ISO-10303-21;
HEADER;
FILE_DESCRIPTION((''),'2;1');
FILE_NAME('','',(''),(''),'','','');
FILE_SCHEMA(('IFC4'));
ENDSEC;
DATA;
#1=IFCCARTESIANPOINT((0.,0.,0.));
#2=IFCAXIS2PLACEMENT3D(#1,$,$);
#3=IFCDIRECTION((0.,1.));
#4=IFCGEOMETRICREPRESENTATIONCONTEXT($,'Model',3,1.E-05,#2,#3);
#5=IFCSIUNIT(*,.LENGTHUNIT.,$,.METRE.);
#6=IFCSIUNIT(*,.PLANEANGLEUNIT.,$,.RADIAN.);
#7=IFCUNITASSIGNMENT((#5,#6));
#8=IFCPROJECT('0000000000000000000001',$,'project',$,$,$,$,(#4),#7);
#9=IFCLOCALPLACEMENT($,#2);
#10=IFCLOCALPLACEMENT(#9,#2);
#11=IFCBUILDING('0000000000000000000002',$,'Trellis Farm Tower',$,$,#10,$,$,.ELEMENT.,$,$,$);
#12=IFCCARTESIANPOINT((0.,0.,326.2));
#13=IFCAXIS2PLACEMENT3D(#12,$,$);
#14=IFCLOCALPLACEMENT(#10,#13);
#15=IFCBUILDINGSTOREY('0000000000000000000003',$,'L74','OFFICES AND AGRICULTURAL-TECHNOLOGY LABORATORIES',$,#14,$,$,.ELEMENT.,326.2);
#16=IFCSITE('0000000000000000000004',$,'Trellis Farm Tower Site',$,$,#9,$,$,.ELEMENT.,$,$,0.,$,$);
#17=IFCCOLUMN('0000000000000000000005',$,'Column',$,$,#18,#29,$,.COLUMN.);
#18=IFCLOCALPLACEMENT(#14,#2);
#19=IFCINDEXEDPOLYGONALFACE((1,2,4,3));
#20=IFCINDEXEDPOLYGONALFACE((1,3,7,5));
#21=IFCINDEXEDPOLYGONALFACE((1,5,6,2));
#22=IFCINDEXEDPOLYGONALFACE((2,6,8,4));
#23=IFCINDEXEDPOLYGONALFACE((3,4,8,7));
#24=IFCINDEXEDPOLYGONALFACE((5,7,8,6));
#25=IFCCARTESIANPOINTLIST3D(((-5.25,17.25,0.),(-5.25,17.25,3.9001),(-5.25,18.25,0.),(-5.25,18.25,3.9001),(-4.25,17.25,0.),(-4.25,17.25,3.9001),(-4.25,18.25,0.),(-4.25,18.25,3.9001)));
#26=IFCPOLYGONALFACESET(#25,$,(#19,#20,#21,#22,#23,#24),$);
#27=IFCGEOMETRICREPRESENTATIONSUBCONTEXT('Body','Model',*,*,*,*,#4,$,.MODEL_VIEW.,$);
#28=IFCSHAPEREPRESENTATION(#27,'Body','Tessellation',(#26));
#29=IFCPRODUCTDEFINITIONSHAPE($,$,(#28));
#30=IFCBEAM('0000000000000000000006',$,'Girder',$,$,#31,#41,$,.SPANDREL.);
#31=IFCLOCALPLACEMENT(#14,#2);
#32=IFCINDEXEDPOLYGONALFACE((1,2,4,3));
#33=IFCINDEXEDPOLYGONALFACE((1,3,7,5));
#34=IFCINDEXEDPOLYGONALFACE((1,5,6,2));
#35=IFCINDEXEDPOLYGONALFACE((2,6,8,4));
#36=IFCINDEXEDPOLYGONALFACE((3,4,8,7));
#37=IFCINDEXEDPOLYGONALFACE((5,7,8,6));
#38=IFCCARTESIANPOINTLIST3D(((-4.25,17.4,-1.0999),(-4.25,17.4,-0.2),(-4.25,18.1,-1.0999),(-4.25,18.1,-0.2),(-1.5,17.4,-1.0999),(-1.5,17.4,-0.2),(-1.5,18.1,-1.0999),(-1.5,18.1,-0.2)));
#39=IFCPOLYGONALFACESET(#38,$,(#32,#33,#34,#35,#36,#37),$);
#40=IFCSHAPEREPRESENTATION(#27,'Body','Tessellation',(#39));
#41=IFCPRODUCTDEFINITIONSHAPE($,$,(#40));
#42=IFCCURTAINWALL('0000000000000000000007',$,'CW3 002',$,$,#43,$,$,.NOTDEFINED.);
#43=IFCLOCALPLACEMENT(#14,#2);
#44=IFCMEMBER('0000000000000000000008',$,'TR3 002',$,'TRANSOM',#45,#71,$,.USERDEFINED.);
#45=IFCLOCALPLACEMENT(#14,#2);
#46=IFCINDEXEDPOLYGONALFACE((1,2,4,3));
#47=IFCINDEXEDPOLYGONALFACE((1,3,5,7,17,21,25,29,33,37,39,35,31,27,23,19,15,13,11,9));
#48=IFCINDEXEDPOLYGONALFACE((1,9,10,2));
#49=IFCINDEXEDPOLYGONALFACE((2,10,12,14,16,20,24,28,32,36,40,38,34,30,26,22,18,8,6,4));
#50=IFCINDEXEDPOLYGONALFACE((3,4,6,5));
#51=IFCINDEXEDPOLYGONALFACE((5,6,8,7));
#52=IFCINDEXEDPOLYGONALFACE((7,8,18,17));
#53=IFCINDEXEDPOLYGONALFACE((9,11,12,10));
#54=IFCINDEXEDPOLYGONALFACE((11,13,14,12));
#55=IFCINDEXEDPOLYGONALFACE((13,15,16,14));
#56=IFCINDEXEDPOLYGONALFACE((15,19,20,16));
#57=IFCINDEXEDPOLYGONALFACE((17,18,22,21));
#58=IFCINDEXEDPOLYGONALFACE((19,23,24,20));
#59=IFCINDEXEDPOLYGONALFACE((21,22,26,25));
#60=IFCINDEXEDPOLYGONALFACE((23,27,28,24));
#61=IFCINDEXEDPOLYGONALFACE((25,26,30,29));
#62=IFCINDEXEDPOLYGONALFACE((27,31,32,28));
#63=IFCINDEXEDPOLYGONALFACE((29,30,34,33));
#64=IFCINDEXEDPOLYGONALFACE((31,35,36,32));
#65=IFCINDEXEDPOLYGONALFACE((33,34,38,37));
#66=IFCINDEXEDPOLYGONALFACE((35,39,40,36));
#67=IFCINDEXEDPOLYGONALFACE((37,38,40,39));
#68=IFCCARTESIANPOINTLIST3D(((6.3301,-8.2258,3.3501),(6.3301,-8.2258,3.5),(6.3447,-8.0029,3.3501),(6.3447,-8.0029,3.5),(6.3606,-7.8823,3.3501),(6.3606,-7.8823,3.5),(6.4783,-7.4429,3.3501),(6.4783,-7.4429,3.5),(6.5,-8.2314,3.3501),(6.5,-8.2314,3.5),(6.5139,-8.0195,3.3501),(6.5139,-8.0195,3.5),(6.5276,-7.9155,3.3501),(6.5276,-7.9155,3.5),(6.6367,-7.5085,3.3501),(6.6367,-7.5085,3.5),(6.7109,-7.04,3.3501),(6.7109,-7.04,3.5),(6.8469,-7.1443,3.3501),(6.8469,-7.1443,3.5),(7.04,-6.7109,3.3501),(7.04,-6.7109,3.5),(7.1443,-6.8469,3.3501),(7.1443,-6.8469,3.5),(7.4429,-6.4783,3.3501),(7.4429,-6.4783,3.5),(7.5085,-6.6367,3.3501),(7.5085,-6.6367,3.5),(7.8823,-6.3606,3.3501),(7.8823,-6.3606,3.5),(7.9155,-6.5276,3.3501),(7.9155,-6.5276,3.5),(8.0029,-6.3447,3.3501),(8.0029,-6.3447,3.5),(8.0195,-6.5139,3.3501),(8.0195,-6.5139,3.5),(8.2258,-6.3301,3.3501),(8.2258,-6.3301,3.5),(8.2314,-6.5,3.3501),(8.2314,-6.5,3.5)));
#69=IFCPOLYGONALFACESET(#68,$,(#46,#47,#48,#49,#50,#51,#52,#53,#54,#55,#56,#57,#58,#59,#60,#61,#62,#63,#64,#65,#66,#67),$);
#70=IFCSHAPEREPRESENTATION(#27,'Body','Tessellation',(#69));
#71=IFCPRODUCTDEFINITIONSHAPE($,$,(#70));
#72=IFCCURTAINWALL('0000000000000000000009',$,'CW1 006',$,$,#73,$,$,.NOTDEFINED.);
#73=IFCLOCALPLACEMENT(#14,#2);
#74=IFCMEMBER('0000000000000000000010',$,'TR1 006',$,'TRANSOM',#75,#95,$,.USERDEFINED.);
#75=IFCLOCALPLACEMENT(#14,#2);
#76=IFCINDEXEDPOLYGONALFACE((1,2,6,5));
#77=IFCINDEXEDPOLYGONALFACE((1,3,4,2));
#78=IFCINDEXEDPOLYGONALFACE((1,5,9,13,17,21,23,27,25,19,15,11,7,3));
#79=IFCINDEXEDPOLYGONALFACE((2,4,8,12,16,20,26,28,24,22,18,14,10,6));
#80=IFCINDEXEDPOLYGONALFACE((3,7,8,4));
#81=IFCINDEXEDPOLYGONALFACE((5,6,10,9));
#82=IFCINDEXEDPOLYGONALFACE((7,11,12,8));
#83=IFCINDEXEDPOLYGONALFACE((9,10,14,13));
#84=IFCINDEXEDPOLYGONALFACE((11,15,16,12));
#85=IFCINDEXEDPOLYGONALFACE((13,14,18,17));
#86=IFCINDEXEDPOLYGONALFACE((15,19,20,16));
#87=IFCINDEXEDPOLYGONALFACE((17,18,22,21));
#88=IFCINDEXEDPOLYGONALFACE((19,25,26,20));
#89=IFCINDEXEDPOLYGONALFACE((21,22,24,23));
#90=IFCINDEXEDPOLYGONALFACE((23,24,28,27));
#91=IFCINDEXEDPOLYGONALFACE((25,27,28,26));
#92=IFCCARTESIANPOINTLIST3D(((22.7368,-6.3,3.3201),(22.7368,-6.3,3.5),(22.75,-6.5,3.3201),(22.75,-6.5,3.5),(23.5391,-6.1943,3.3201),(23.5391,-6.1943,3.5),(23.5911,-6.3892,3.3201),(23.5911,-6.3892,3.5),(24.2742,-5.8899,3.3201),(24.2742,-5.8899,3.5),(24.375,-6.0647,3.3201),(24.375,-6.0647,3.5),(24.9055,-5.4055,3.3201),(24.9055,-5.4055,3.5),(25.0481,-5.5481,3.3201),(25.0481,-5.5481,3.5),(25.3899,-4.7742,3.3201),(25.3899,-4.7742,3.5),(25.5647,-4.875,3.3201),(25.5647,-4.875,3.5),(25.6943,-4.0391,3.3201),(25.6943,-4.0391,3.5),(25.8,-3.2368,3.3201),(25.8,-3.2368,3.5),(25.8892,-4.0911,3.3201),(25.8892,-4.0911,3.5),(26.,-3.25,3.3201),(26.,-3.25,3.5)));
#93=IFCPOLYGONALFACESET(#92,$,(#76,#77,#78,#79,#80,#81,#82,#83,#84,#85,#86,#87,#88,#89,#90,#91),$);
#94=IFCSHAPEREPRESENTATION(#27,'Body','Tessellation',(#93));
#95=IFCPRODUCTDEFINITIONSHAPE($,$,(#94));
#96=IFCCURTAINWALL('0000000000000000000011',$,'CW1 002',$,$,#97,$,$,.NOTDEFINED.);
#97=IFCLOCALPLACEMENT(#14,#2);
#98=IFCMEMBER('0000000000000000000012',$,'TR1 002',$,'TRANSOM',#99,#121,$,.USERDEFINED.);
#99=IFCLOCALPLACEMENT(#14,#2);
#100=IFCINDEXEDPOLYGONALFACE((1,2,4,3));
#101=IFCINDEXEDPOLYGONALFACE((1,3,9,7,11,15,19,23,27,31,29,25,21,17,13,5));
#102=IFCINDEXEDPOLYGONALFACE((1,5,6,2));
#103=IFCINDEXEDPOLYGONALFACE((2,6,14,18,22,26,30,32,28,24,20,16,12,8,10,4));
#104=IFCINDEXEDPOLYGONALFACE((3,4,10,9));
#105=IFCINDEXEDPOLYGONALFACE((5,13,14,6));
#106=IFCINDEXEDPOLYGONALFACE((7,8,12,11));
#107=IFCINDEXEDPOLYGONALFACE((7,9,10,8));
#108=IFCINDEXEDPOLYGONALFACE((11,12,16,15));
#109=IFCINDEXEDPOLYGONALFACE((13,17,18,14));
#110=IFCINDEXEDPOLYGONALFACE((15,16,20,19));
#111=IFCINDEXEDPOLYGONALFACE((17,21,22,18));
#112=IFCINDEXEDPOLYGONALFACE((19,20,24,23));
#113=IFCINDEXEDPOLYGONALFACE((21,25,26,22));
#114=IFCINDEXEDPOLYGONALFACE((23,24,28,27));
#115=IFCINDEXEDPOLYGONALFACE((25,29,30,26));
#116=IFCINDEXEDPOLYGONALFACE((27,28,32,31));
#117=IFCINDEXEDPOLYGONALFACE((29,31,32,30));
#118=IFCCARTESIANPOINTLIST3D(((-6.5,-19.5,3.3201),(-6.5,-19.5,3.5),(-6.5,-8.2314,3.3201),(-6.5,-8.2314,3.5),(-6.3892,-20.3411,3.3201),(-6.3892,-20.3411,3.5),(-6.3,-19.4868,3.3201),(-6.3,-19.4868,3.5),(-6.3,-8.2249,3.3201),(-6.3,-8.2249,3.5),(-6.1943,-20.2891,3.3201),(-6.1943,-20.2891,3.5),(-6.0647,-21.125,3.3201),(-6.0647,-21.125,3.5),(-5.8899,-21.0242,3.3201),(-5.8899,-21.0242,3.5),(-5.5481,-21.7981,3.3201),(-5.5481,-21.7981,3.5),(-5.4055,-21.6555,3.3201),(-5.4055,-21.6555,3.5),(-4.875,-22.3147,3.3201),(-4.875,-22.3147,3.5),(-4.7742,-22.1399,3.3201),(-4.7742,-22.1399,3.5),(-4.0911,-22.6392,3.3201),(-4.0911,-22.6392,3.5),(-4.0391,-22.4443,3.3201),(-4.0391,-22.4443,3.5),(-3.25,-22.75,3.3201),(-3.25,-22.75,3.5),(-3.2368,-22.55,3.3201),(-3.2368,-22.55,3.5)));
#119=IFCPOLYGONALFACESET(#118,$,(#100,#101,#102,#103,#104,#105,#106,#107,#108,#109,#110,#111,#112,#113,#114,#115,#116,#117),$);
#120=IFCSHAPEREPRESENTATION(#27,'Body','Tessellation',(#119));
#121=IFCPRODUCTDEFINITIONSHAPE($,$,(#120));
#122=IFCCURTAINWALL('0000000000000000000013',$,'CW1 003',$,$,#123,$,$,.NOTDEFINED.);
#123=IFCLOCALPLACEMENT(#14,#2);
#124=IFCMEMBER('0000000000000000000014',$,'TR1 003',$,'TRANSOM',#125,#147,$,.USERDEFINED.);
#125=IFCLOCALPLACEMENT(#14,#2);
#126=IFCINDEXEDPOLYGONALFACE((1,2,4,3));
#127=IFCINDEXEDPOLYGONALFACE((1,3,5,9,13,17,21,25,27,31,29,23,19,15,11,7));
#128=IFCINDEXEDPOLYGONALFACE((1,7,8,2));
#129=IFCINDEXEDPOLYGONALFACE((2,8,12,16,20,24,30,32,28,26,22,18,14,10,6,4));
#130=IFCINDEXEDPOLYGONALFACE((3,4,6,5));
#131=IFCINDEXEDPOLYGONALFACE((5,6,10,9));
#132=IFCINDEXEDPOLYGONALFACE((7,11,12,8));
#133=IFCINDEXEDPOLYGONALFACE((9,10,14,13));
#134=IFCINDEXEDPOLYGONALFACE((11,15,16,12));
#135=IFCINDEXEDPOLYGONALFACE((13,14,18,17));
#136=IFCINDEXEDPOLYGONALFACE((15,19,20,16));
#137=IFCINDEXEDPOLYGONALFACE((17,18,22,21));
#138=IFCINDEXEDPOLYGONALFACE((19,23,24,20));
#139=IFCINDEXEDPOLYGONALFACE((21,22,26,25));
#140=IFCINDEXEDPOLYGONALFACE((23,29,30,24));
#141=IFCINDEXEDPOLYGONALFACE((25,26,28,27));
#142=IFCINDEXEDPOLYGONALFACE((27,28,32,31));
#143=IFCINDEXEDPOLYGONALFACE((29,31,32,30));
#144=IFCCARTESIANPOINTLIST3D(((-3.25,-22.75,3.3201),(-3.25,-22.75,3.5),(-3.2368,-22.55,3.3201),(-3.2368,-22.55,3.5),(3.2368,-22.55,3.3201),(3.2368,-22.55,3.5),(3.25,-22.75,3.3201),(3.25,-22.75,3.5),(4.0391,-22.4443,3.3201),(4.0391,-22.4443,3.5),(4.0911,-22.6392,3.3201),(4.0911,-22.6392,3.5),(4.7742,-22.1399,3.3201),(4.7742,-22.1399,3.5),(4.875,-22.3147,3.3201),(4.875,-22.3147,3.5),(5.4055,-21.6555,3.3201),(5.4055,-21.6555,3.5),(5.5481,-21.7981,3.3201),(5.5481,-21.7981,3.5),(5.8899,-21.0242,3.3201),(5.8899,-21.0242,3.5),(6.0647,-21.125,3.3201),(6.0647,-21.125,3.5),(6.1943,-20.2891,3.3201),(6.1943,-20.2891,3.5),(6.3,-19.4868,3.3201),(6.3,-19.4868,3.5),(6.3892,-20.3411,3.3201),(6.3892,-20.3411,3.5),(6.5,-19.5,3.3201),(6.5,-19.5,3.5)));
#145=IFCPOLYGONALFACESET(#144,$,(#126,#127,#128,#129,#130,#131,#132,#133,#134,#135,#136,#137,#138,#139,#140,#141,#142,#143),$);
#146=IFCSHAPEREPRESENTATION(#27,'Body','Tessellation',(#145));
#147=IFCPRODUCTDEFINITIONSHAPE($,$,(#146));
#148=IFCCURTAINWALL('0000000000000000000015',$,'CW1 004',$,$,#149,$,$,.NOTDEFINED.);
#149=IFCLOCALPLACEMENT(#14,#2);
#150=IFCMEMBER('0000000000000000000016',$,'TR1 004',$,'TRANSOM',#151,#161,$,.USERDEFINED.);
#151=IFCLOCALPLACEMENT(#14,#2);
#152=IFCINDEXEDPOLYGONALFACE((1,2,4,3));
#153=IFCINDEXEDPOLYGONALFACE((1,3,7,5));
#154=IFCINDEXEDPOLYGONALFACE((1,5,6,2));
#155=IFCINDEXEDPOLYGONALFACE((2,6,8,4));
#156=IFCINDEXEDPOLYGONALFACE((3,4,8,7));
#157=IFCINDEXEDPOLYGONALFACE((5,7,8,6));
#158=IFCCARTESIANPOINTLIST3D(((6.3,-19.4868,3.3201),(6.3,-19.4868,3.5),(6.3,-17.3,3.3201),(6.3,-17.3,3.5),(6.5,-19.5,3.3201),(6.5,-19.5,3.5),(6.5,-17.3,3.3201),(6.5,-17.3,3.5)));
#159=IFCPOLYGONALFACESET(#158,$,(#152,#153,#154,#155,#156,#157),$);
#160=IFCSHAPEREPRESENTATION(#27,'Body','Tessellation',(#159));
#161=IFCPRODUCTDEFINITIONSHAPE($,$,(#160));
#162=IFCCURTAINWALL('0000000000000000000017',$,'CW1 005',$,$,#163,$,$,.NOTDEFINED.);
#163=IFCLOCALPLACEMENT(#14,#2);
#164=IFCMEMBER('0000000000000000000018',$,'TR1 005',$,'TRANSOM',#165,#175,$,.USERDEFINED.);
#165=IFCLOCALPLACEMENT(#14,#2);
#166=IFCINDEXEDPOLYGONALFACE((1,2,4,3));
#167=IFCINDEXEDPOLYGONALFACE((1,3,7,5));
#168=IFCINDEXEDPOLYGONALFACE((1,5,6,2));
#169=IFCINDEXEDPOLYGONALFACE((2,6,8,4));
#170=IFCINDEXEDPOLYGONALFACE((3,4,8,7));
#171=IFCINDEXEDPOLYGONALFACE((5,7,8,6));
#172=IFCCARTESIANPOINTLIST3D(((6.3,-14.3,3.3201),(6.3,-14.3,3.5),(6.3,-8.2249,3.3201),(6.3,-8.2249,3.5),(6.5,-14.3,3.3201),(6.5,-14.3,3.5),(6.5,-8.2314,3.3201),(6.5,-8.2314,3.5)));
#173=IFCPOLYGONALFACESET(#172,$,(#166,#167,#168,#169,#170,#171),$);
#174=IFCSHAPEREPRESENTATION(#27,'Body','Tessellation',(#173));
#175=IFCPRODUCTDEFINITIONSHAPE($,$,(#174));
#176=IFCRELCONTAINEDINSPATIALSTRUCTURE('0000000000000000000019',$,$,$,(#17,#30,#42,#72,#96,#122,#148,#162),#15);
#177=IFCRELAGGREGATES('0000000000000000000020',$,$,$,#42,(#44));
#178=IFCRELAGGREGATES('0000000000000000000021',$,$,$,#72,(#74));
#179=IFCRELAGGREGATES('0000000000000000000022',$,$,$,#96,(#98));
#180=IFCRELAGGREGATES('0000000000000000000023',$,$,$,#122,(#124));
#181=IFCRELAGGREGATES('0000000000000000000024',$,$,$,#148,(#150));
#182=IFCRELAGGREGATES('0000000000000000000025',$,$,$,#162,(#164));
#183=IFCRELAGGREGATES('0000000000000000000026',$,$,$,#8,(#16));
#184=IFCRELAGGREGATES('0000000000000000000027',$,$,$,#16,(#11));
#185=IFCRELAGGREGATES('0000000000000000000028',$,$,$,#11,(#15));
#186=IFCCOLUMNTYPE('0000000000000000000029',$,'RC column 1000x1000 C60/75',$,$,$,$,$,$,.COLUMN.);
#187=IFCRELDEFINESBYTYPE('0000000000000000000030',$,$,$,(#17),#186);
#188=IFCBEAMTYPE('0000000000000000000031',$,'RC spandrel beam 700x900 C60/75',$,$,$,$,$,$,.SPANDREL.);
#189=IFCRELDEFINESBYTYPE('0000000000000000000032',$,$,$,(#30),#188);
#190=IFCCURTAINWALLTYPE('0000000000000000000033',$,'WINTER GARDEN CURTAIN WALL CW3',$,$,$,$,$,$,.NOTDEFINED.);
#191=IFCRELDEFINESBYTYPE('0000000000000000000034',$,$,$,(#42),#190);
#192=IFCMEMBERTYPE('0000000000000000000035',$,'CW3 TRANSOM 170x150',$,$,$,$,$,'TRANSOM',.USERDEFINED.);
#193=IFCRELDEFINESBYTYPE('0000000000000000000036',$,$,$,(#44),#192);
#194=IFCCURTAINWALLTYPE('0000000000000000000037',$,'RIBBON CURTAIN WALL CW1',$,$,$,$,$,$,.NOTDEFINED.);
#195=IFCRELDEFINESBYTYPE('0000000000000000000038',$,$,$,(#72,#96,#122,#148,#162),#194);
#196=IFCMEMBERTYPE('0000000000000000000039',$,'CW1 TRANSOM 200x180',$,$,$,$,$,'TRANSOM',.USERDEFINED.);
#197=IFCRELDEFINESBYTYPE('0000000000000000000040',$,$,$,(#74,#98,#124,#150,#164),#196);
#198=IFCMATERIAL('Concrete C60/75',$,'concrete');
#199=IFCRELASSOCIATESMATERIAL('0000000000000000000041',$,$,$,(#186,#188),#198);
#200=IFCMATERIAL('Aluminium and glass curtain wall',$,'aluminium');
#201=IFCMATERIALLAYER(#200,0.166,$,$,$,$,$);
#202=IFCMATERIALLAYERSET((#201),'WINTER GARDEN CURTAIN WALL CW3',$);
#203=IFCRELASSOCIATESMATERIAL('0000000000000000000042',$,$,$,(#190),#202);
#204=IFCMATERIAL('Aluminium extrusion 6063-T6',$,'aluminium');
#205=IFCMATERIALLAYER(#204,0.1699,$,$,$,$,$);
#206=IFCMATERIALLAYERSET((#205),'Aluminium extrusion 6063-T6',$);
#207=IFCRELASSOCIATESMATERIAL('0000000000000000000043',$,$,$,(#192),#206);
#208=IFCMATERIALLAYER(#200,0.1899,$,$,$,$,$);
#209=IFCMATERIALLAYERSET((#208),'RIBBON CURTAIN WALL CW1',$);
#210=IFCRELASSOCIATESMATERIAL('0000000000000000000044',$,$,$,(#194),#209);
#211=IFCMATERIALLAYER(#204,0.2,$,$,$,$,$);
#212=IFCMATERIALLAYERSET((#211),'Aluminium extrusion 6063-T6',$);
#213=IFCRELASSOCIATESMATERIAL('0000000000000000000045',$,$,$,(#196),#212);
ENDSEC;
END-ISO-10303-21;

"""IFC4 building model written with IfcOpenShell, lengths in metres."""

from ifc_helpers import new_model, si_unit, direction, frame, origin, origin_2d, place, context, subcontext, project, spatial, polyline, rectangle, outline, extrude, source, transform, mapped, material, layer, layer_set, material_profile, profile_set, type_object, element, aggregate, save


model = new_model("IFC4")

# Units and contexts
model_context = context("Model", 3, precision=1e-05, world=origin(), true_north=direction((0.0, 1.0)))
body_context = subcontext(model_context, "Body", "Model", "MODEL_VIEW")
ifc_project = project(units=[si_unit("LENGTHUNIT", "METRE"), si_unit("PLANEANGLEUNIT", "RADIAN")], contexts=[model_context])

# Site, building, storey
site_placement = place(None, origin())
site = spatial("IfcSite", under=ifc_project, at=site_placement, Name="Trellis Farm Tower Site", CompositionType="ELEMENT", RefElevation=0.0)
building_placement = place(site_placement, origin())
building = spatial("IfcBuilding", under=site, at=building_placement, Name="Trellis Farm Tower", CompositionType="ELEMENT")
storey_placement = place(building_placement, frame((0.0, 0.0, 326.2)))
storey = spatial("IfcBuildingStorey", under=building, at=storey_placement, Name="L74", Description="OFFICES AND AGRICULTURAL-TECHNOLOGY LABORATORIES", CompositionType="ELEMENT", Elevation=326.2)

# Column
ifc_material_1 = material(Name="Concrete C60/75", Category="concrete")
ifc_material_profile_1 = material_profile(ifc_material_1, rectangle(XDim=1.0, YDim=1.0, at=origin_2d()), Name="RC column 1000x1000 C60/75")
ifc_profile_set_1 = profile_set([ifc_material_profile_1], Name="Concrete C60/75")
column_type = type_object("IfcColumnType", Name="RC column 1000x1000 C60/75", PredefinedType="COLUMN", material=ifc_profile_set_1)
shared_shape_1 = source(origin(), body_context, "Body", "SweptSolid", [
    extrude(rectangle(XDim=1.0, YDim=1.0, at=origin_2d()), origin(), (0.0, 0.0, 1.0), 3.9001),
])
column_placement = place(storey_placement, frame((-4.75, 17.75, 0.0), z_axis=(0.0, 0.0, 1.0), x_axis=(1.0, 0.0, 0.0)))
element("IfcColumn", 1, at=column_placement, inside=storey, type_object=column_type, Name="Column", PredefinedType="COLUMN", context=body_context, shape_type="MappedRepresentation", body=[
    mapped(shared_shape_1, transform((0.0, 0.0, 0.0))),
])

# Beam
ifc_material_profile_2 = material_profile(ifc_material_1, rectangle(XDim=0.7, YDim=0.8999, at=origin_2d()), Name="RC spandrel beam 700x900 C60/75")
ifc_profile_set_2 = profile_set([ifc_material_profile_2], Name="Concrete C60/75")
beam_type = type_object("IfcBeamType", Name="RC spandrel beam 700x900 C60/75", PredefinedType="SPANDREL", material=ifc_profile_set_2)
shared_shape_2 = source(origin(), body_context, "Body", "SweptSolid", [
    extrude(rectangle(XDim=0.7, YDim=0.8999, at=origin_2d()), origin(), (0.0, 0.0, 1.0), 2.75),
])
beam_placement = place(storey_placement, frame((-4.25, 17.75, -0.6499), z_axis=(1.0, 0.0, 0.0), x_axis=(0.0, 1.0, 0.0)))
element("IfcBeam", 2, at=beam_placement, inside=storey, type_object=beam_type, Name="Girder", PredefinedType="SPANDREL", context=body_context, shape_type="MappedRepresentation", body=[
    mapped(shared_shape_2, transform((0.0, 0.0, 0.0))),
])

# Curtain walls, members
ifc_material_2 = material(Name="Aluminium and glass curtain wall", Category="aluminium")
ifc_layer_1 = layer(ifc_material_2, 0.166)
ifc_layer_set_1 = layer_set([ifc_layer_1], Name="WINTER GARDEN CURTAIN WALL CW3")
curtain_wall_type_1 = type_object("IfcCurtainWallType", Name="WINTER GARDEN CURTAIN WALL CW3", PredefinedType="NOTDEFINED", material=ifc_layer_set_1)
placement_1 = place(storey_placement, origin())
curtain_wall_1 = element("IfcCurtainWall", 3, at=placement_1, inside=storey, type_object=curtain_wall_type_1, Name="CW3 002", PredefinedType="NOTDEFINED")
ifc_material_3 = material(Name="Aluminium extrusion 6063-T6", Category="aluminium")
ifc_layer_2 = layer(ifc_material_3, 0.1699)
ifc_layer_set_2 = layer_set([ifc_layer_2], Name="Aluminium extrusion 6063-T6")
member_type_1 = type_object("IfcMemberType", Name="CW3 TRANSOM 170x150", ElementType="TRANSOM", PredefinedType="USERDEFINED", material=ifc_layer_set_2)
shared_shape_3 = source(origin(), body_context, "Body", "SweptSolid", [
    extrude(outline(polyline([(6.5, -8.2314), (6.5139, -8.0195), (6.5276, -7.9155), (6.6367, -7.5085), (6.8469, -7.1443), (7.1443, -6.8469), (7.5085, -6.6367), (7.9155, -6.5276), (8.0195, -6.5139), (8.2314, -6.5), (8.2258, -6.3301), (8.0029, -6.3447), (7.8823, -6.3606), (7.4429, -6.4783), (7.04, -6.7109), (6.7109, -7.04), (6.4783, -7.4429), (6.3606, -7.8823), (6.3447, -8.0029), (6.3301, -8.2258), (6.5, -8.2314)])), origin(), (0.0, 0.0, 1.0), 0.1499),
])
member_1_placement = place(storey_placement, frame((0.0, 0.0, 3.3501)))
member_1 = element("IfcMember", 4, at=member_1_placement, type_object=member_type_1, Name="TR3 002", ObjectType="TRANSOM", PredefinedType="USERDEFINED", context=body_context, shape_type="MappedRepresentation", body=[
    mapped(shared_shape_3, transform((0.0, 0.0, 0.0))),
])
ifc_layer_3 = layer(ifc_material_2, 0.1899)
ifc_layer_set_3 = layer_set([ifc_layer_3], Name="RIBBON CURTAIN WALL CW1")
curtain_wall_type_2 = type_object("IfcCurtainWallType", Name="RIBBON CURTAIN WALL CW1", PredefinedType="NOTDEFINED", material=ifc_layer_set_3)
curtain_wall_2 = element("IfcCurtainWall", 5, at=placement_1, inside=storey, type_object=curtain_wall_type_2, Name="CW1 006", PredefinedType="NOTDEFINED")
ifc_layer_4 = layer(ifc_material_3, 0.2)
ifc_layer_set_4 = layer_set([ifc_layer_4], Name="Aluminium extrusion 6063-T6")
member_type_2 = type_object("IfcMemberType", Name="CW1 TRANSOM 200x180", ElementType="TRANSOM", PredefinedType="USERDEFINED", material=ifc_layer_set_4)
shared_shape_4 = source(origin(), body_context, "Body", "SweptSolid", [
    extrude(outline(polyline([(22.75, -6.5), (23.5911, -6.3892), (24.375, -6.0647), (25.0481, -5.5481), (25.5647, -4.875), (25.8892, -4.0911), (26.0, -3.25), (25.8, -3.2368), (25.6943, -4.0391), (25.3899, -4.7742), (24.9055, -5.4055), (24.2742, -5.8899), (23.5391, -6.1943), (22.7368, -6.3), (22.75, -6.5)])), origin(), (0.0, 0.0, 1.0), 0.1799),
])
placement_2 = place(storey_placement, frame((0.0, 0.0, 3.3201)))
member_2 = element("IfcMember", 6, at=placement_2, type_object=member_type_2, Name="TR1 006", ObjectType="TRANSOM", PredefinedType="USERDEFINED", context=body_context, shape_type="MappedRepresentation", body=[
    mapped(shared_shape_4, transform((0.0, 0.0, 0.0))),
])
curtain_wall_3 = element("IfcCurtainWall", 7, at=placement_1, inside=storey, type_object=curtain_wall_type_2, Name="CW1 002", PredefinedType="NOTDEFINED")
shared_shape_5 = source(origin(), body_context, "Body", "SweptSolid", [
    extrude(outline(polyline([(-6.5, -8.2314), (-6.5, -19.5), (-6.3892, -20.3411), (-6.0647, -21.125), (-5.5481, -21.7981), (-4.875, -22.3147), (-4.0911, -22.6392), (-3.25, -22.75), (-3.2368, -22.55), (-4.0391, -22.4443), (-4.7742, -22.1399), (-5.4055, -21.6555), (-5.8899, -21.0242), (-6.1943, -20.2891), (-6.3, -19.4868), (-6.3, -8.2249), (-6.5, -8.2314)])), origin(), (0.0, 0.0, 1.0), 0.1799),
])
member_3 = element("IfcMember", 8, at=placement_2, type_object=member_type_2, Name="TR1 002", ObjectType="TRANSOM", PredefinedType="USERDEFINED", context=body_context, shape_type="MappedRepresentation", body=[
    mapped(shared_shape_5, transform((0.0, 0.0, 0.0))),
])
curtain_wall_4 = element("IfcCurtainWall", 9, at=placement_1, inside=storey, type_object=curtain_wall_type_2, Name="CW1 003", PredefinedType="NOTDEFINED")
shared_shape_6 = source(origin(), body_context, "Body", "SweptSolid", [
    extrude(outline(polyline([(-3.25, -22.75), (3.25, -22.75), (4.0911, -22.6392), (4.875, -22.3147), (5.5481, -21.7981), (6.0647, -21.125), (6.3892, -20.3411), (6.5, -19.5), (6.3, -19.4868), (6.1943, -20.2891), (5.8899, -21.0242), (5.4055, -21.6555), (4.7742, -22.1399), (4.0391, -22.4443), (3.2368, -22.55), (-3.2368, -22.55), (-3.25, -22.75)])), origin(), (0.0, 0.0, 1.0), 0.1799),
])
member_4 = element("IfcMember", 10, at=placement_2, type_object=member_type_2, Name="TR1 003", ObjectType="TRANSOM", PredefinedType="USERDEFINED", context=body_context, shape_type="MappedRepresentation", body=[
    mapped(shared_shape_6, transform((0.0, 0.0, 0.0))),
])
curtain_wall_5 = element("IfcCurtainWall", 11, at=placement_1, inside=storey, type_object=curtain_wall_type_2, Name="CW1 004", PredefinedType="NOTDEFINED")
shared_shape_7 = source(origin(), body_context, "Body", "SweptSolid", [
    extrude(outline(polyline([(6.5, -19.5), (6.5, -17.3), (6.3, -17.3), (6.3, -19.4868), (6.5, -19.5)])), origin(), (0.0, 0.0, 1.0), 0.1799),
])
member_5 = element("IfcMember", 12, at=placement_2, type_object=member_type_2, Name="TR1 004", ObjectType="TRANSOM", PredefinedType="USERDEFINED", context=body_context, shape_type="MappedRepresentation", body=[
    mapped(shared_shape_7, transform((0.0, 0.0, 0.0))),
])
curtain_wall_6 = element("IfcCurtainWall", 13, at=placement_1, inside=storey, type_object=curtain_wall_type_2, Name="CW1 005", PredefinedType="NOTDEFINED")
shared_shape_8 = source(origin(), body_context, "Body", "SweptSolid", [
    extrude(outline(polyline([(6.5, -14.3), (6.5, -8.2314), (6.3, -8.2249), (6.3, -14.3), (6.5, -14.3)])), origin(), (0.0, 0.0, 1.0), 0.1799),
])
member_6 = element("IfcMember", 14, at=placement_2, type_object=member_type_2, Name="TR1 005", ObjectType="TRANSOM", PredefinedType="USERDEFINED", context=body_context, shape_type="MappedRepresentation", body=[
    mapped(shared_shape_8, transform((0.0, 0.0, 0.0))),
])

aggregate(curtain_wall_1, [member_1])
aggregate(curtain_wall_2, [member_2])
aggregate(curtain_wall_3, [member_3])
aggregate(curtain_wall_4, [member_4])
aggregate(curtain_wall_5, [member_5])
aggregate(curtain_wall_6, [member_6])

save(model, "model.ifc")
